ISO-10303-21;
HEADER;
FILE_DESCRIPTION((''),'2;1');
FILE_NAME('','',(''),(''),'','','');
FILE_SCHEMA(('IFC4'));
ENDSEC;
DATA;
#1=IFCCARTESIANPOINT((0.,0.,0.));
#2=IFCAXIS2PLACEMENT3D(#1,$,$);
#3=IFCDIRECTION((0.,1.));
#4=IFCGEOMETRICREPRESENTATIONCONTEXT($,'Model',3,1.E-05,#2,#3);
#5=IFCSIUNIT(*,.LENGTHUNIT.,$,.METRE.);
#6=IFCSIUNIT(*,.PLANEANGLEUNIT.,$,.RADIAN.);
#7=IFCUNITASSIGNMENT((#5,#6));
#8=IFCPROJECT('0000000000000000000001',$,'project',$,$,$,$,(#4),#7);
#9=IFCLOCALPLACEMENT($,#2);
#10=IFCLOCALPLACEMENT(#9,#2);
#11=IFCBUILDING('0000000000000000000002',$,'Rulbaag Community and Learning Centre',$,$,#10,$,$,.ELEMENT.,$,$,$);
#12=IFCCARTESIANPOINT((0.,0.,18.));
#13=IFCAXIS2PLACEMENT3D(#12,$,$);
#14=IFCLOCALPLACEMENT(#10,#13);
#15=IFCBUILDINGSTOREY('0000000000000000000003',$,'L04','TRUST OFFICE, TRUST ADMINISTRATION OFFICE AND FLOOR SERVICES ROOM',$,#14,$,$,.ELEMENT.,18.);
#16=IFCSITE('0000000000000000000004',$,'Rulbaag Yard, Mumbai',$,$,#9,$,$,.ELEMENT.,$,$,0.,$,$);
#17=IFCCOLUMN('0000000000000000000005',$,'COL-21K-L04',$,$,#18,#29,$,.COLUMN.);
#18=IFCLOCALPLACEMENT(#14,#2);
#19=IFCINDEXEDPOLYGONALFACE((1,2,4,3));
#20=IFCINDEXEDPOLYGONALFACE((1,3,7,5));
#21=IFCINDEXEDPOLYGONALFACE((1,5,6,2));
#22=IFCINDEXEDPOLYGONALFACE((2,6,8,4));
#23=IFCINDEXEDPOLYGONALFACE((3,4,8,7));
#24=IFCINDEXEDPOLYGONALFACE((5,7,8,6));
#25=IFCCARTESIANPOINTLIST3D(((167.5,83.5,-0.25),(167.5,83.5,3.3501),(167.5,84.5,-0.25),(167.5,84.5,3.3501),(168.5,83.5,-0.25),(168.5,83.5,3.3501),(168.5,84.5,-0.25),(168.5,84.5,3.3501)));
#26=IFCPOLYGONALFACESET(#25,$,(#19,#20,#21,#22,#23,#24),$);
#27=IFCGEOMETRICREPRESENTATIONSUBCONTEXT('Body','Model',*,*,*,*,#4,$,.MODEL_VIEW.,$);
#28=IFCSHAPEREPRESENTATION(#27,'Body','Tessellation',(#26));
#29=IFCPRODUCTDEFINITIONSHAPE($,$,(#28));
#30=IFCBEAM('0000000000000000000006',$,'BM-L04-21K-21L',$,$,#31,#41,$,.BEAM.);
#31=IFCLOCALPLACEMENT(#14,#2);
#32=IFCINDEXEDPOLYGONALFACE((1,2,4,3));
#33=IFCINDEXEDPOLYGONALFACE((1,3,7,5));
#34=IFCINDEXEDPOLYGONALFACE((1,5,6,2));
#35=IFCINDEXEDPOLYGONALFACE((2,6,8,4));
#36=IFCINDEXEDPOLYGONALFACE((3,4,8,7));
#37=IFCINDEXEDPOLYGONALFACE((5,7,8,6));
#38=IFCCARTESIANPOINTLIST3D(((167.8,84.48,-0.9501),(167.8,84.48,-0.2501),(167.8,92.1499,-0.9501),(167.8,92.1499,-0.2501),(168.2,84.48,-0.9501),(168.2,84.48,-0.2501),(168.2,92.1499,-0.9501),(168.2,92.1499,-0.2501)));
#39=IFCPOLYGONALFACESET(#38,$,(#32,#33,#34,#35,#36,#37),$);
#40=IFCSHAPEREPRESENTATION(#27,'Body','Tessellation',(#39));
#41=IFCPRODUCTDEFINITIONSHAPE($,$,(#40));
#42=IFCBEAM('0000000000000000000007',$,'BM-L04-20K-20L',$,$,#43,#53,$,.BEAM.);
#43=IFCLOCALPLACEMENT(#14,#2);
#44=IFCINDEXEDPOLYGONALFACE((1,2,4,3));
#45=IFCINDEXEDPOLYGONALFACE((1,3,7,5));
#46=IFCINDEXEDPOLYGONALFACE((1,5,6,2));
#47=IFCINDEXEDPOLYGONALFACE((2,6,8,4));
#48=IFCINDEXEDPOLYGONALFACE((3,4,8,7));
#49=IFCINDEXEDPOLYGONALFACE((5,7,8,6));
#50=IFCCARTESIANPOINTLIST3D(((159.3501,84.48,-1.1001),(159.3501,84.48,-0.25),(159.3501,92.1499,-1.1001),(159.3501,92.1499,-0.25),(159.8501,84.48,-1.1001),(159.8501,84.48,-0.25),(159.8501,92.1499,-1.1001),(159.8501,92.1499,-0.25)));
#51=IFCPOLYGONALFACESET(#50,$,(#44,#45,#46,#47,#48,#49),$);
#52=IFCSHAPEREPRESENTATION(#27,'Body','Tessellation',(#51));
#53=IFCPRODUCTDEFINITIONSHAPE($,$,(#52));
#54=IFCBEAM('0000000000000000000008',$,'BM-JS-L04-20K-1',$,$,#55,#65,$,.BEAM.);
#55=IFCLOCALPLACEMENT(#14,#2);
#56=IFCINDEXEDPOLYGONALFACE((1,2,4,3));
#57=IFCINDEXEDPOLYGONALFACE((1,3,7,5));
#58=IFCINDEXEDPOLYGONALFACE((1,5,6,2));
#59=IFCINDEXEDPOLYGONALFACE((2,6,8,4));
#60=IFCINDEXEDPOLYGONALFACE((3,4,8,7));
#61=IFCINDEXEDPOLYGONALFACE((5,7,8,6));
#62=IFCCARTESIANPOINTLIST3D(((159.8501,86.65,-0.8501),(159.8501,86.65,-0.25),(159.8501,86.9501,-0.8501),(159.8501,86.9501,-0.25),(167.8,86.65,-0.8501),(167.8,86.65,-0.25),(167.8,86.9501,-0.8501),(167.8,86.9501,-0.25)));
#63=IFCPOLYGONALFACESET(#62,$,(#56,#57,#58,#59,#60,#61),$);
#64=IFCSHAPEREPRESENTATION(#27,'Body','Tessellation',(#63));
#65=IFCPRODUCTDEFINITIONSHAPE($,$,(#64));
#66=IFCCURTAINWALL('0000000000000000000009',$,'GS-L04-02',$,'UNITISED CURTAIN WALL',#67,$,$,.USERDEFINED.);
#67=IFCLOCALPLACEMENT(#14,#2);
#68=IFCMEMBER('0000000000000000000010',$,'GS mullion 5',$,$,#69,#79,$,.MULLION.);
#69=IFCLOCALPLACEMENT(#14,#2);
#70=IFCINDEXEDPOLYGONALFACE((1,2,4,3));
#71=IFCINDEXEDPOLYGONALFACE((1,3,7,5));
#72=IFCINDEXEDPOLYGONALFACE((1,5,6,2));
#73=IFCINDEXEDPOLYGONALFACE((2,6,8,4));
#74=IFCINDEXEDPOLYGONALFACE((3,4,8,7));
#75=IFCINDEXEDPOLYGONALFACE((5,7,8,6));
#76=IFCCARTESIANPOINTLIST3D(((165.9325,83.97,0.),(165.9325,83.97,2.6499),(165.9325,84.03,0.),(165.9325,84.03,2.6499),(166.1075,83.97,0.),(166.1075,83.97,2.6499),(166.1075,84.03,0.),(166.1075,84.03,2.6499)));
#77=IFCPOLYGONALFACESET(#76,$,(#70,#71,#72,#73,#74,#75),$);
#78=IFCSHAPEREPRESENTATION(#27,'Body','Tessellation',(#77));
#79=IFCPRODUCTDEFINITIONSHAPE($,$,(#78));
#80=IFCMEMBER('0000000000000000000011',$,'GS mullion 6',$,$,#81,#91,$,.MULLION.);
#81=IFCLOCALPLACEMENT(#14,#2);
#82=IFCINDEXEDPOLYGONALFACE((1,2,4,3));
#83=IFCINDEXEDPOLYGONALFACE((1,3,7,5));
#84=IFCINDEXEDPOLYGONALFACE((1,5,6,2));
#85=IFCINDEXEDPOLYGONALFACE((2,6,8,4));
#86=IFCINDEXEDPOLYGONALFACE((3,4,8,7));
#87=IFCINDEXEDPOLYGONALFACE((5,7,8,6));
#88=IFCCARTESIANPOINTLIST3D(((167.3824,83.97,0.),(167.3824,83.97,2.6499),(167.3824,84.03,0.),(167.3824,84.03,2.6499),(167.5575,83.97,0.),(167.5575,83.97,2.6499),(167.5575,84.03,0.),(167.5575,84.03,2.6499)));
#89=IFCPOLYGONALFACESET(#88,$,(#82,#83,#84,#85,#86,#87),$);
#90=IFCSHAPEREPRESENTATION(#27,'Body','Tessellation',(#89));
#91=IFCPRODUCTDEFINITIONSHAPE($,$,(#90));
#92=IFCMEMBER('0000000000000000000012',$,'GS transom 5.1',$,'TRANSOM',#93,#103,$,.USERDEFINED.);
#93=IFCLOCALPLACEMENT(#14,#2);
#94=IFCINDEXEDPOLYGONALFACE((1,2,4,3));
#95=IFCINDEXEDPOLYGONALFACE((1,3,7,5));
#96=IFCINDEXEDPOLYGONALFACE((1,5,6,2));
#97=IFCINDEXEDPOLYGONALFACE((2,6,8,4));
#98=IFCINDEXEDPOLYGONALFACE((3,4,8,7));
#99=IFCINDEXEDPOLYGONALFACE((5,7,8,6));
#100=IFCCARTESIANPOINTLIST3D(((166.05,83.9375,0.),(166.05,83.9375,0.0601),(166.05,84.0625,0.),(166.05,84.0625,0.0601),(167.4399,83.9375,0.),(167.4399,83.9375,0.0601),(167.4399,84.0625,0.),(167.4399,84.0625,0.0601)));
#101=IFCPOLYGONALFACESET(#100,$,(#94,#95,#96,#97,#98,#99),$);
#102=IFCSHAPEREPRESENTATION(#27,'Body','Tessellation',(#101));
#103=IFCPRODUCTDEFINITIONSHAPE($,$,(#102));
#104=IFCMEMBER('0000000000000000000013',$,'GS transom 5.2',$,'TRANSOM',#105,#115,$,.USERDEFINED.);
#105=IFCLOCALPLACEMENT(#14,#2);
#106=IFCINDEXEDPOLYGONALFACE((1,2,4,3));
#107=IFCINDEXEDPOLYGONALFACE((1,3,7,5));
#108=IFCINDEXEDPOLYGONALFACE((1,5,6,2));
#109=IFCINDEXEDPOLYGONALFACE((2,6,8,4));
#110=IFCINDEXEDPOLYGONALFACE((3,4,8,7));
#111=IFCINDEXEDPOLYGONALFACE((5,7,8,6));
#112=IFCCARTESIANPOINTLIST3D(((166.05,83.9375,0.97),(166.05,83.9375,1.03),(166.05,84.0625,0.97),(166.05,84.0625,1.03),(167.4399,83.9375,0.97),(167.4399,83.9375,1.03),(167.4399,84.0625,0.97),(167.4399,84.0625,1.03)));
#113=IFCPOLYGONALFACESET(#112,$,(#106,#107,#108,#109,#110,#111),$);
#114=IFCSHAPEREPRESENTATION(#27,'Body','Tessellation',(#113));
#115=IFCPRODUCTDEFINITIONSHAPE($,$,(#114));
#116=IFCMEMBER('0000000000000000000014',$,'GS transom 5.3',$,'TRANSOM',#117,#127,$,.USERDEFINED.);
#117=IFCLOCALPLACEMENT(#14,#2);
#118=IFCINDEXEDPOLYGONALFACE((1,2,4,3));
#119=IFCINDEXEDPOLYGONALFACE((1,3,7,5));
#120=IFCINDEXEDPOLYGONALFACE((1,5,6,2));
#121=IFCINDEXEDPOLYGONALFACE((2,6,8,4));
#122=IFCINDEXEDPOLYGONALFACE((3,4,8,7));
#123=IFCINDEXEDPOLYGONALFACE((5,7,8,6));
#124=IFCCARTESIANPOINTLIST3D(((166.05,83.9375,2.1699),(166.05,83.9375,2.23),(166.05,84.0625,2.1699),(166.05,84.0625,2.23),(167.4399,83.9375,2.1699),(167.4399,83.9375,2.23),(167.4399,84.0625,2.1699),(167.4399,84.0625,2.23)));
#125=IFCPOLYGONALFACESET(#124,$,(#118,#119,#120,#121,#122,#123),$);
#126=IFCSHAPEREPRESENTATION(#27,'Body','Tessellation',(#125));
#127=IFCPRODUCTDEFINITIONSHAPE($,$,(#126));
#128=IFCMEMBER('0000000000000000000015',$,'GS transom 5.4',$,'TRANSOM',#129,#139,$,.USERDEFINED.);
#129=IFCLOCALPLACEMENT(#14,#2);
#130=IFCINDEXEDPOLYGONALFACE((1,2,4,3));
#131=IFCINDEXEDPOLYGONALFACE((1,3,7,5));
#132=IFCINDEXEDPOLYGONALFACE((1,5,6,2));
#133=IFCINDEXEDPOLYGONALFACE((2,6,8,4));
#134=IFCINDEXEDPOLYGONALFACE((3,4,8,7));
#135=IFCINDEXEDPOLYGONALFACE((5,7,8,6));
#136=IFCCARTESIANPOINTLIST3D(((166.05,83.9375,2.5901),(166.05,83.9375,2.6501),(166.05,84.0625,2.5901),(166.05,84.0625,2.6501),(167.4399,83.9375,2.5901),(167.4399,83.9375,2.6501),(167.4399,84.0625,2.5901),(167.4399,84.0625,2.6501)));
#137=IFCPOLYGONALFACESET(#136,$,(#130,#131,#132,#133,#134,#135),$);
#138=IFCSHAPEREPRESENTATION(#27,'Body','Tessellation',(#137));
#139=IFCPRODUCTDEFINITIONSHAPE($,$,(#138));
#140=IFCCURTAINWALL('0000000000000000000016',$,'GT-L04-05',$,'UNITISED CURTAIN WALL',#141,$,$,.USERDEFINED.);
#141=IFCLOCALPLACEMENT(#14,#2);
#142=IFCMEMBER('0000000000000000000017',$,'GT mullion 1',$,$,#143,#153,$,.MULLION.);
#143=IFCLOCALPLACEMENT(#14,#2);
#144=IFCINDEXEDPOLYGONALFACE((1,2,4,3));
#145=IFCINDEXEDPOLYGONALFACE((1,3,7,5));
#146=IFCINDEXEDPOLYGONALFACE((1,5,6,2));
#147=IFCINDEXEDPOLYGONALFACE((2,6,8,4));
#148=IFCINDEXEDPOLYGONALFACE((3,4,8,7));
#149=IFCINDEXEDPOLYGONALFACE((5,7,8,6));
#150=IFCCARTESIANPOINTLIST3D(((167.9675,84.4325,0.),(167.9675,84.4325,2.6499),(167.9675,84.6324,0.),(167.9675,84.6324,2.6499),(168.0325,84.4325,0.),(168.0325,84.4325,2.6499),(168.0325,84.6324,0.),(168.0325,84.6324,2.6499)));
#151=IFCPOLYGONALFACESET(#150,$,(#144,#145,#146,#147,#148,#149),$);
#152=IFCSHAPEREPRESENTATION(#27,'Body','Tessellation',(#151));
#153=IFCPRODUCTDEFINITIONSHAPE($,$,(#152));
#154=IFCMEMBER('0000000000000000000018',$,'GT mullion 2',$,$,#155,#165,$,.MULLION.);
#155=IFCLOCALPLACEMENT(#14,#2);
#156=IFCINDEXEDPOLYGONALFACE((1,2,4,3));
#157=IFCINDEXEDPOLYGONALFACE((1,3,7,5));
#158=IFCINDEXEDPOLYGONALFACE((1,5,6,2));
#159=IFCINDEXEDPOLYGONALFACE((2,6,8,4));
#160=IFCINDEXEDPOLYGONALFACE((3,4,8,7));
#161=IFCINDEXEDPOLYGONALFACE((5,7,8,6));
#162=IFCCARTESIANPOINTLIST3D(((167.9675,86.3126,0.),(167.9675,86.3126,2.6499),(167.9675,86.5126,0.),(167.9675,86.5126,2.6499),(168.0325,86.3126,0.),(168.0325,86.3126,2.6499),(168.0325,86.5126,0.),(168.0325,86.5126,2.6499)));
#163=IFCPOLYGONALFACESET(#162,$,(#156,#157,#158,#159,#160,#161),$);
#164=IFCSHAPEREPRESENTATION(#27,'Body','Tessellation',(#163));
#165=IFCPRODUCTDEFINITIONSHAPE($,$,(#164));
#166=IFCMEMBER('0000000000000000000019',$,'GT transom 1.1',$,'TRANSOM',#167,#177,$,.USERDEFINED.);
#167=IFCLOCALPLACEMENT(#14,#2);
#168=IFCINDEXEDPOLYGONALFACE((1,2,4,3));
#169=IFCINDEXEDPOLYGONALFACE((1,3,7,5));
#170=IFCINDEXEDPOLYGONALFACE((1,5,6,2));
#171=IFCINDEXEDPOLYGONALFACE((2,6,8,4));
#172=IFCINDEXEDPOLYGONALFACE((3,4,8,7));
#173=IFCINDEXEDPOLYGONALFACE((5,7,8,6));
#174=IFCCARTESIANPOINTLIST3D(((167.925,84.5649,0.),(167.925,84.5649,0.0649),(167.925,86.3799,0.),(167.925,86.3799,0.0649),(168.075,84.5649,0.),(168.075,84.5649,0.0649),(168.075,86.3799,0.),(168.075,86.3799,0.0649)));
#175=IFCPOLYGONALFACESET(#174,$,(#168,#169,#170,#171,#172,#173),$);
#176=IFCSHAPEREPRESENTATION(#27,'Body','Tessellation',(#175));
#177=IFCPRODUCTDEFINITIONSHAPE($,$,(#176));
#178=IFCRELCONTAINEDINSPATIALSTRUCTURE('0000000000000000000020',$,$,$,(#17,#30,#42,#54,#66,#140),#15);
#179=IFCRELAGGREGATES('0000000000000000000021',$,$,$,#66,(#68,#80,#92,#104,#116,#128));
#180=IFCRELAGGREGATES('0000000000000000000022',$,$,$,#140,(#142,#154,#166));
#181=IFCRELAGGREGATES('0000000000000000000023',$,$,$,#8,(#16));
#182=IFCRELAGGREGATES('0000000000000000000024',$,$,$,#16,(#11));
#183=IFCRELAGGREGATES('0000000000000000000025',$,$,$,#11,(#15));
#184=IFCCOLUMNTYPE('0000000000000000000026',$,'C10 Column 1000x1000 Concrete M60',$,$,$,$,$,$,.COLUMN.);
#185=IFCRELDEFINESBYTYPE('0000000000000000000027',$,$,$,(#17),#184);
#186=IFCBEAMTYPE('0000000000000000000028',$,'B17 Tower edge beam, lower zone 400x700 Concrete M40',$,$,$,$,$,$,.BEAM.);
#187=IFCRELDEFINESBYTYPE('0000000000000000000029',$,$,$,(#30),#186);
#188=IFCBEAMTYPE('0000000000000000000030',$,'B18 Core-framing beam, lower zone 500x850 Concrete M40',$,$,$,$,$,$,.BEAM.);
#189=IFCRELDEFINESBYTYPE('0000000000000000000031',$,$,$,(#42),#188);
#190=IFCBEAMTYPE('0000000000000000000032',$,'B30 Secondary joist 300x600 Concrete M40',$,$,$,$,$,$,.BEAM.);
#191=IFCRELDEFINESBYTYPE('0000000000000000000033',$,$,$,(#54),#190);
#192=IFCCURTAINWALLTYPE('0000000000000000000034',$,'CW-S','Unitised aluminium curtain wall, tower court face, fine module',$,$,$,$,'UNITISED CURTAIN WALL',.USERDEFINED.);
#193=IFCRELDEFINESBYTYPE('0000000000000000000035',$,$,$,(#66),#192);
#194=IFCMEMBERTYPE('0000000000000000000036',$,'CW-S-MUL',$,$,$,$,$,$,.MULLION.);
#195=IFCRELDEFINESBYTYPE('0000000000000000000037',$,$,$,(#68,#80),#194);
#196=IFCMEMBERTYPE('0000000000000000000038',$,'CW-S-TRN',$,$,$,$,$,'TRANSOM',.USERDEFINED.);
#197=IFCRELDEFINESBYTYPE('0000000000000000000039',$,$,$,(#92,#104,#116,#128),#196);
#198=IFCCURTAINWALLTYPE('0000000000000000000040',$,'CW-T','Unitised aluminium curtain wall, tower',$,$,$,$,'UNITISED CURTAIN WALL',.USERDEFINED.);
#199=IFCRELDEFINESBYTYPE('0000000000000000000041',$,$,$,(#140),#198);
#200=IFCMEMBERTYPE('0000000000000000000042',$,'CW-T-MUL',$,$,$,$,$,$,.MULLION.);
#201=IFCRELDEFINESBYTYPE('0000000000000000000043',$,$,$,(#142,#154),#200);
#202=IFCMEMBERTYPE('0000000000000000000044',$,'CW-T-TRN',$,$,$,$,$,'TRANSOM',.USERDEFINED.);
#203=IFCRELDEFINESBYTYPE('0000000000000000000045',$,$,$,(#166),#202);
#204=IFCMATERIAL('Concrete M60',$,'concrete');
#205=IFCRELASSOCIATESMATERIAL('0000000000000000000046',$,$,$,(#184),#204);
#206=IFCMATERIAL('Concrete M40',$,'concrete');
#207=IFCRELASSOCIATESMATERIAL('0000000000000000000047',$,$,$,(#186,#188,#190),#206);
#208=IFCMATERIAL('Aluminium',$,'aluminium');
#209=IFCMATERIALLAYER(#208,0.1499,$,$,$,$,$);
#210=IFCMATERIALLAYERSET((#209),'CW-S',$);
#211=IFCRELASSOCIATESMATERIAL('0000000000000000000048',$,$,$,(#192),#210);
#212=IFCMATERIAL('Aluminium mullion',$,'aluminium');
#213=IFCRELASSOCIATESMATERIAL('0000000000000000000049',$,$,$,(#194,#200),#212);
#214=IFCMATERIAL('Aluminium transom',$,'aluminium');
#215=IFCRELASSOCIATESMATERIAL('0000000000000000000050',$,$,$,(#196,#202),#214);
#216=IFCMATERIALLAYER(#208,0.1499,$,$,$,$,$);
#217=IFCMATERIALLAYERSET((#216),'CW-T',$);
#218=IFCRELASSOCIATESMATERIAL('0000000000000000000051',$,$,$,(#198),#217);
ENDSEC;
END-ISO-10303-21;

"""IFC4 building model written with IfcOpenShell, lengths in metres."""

from ifc_helpers import new_model, si_unit, direction, frame, origin, origin_2d, place, context, subcontext, project, spatial, rectangle, extrude, material, layer, layer_set, material_profile, profile_set, type_object, element, aggregate, save


model = new_model("IFC4")

# Units and contexts
model_context = context("Model", 3, precision=1e-05, world=origin(), true_north=direction((0.0, 1.0)))
body_context = subcontext(model_context, "Body", "Model", "MODEL_VIEW")
ifc_project = project(units=[si_unit("LENGTHUNIT", "METRE"), si_unit("PLANEANGLEUNIT", "RADIAN")], contexts=[model_context])

# Site, building, storey
site_placement = place(None, origin())
site = spatial("IfcSite", under=ifc_project, at=site_placement, Name="Rulbaag Yard, Mumbai", CompositionType="ELEMENT", RefElevation=0.0)
building_placement = place(site_placement, origin())
building = spatial("IfcBuilding", under=site, at=building_placement, Name="Rulbaag Community and Learning Centre", CompositionType="ELEMENT")
storey_placement = place(building_placement, frame((0.0, 0.0, 18.0)))
storey = spatial("IfcBuildingStorey", under=building, at=storey_placement, Name="L04", Description="TRUST OFFICE, TRUST ADMINISTRATION OFFICE AND FLOOR SERVICES ROOM", CompositionType="ELEMENT", Elevation=18.0)

# Column
ifc_material_1 = material(Name="Concrete M60", Category="concrete")
ifc_material_profile_1 = material_profile(ifc_material_1, rectangle(XDim=1.0, YDim=1.0, at=origin_2d()), Name="RC1000x1000")
ifc_profile_set_1 = profile_set([ifc_material_profile_1], Name="Concrete M60")
column_type = type_object("IfcColumnType", Name="C10 Column 1000x1000 Concrete M60", PredefinedType="COLUMN", material=ifc_profile_set_1)
column_placement = place(storey_placement, frame((168.0, 84.0, -0.25), z_axis=(0.0, 0.0, 1.0), x_axis=(1.0, 0.0, 0.0)))
element("IfcColumn", 1, at=column_placement, inside=storey, type_object=column_type, Name="COL-21K-L04", PredefinedType="COLUMN", context=body_context, shape_type="SweptSolid", body=[
    extrude(rectangle(XDim=1.0, YDim=1.0, at=origin_2d()), origin(), (0.0, 0.0, 1.0), 3.6001),
])

# Beams
ifc_material_2 = material(Name="Concrete M40", Category="concrete")
ifc_material_profile_2 = material_profile(ifc_material_2, rectangle(XDim=0.3999, YDim=0.7, at=origin_2d()), Name="RB400x700")
ifc_profile_set_2 = profile_set([ifc_material_profile_2], Name="Concrete M40")
beam_type_1 = type_object("IfcBeamType", Name="B17 Tower edge beam, lower zone 400x700 Concrete M40", PredefinedType="BEAM", material=ifc_profile_set_2)
beam_1_placement = place(storey_placement, frame((168.0, 84.48, -0.6001), z_axis=(0.0, 1.0, 0.0), x_axis=(-1.0, 0.0, 0.0)))
element("IfcBeam", 2, at=beam_1_placement, inside=storey, type_object=beam_type_1, Name="BM-L04-21K-21L", PredefinedType="BEAM", context=body_context, shape_type="SweptSolid", body=[
    extrude(rectangle(XDim=0.3999, YDim=0.7, at=origin_2d()), origin(), (0.0, 0.0, 1.0), 7.6699),
])
ifc_material_profile_3 = material_profile(ifc_material_2, rectangle(XDim=0.5, YDim=0.8501, at=origin_2d()), Name="RB500x850")
ifc_profile_set_3 = profile_set([ifc_material_profile_3], Name="Concrete M40")
beam_type_2 = type_object("IfcBeamType", Name="B18 Core-framing beam, lower zone 500x850 Concrete M40", PredefinedType="BEAM", material=ifc_profile_set_3)
beam_2_placement = place(storey_placement, frame((159.6001, 84.48, -0.675), z_axis=(0.0, 1.0, 0.0), x_axis=(-1.0, 0.0, 0.0)))
element("IfcBeam", 3, at=beam_2_placement, inside=storey, type_object=beam_type_2, Name="BM-L04-20K-20L", PredefinedType="BEAM", context=body_context, shape_type="SweptSolid", body=[
    extrude(rectangle(XDim=0.5, YDim=0.8501, at=origin_2d()), origin(), (0.0, 0.0, 1.0), 7.6699),
])
ifc_material_profile_4 = material_profile(ifc_material_2, rectangle(XDim=0.3, YDim=0.6001, at=origin_2d()), Name="RB300x600")
ifc_profile_set_4 = profile_set([ifc_material_profile_4], Name="Concrete M40")
beam_type_3 = type_object("IfcBeamType", Name="B30 Secondary joist 300x600 Concrete M40", PredefinedType="BEAM", material=ifc_profile_set_4)
beam_3_placement = place(storey_placement, frame((159.8501, 86.8, -0.55), z_axis=(1.0, 0.0, 0.0), x_axis=(0.0, 1.0, 0.0)))
element("IfcBeam", 4, at=beam_3_placement, inside=storey, type_object=beam_type_3, Name="BM-JS-L04-20K-1", PredefinedType="BEAM", context=body_context, shape_type="SweptSolid", body=[
    extrude(rectangle(XDim=0.3, YDim=0.6001, at=origin_2d()), origin(), (0.0, 0.0, 1.0), 7.95),
])

# Curtain walls, members
ifc_material_3 = material(Name="Aluminium", Category="aluminium")
ifc_layer_1 = layer(ifc_material_3, 0.1499)
ifc_layer_set_1 = layer_set([ifc_layer_1], Name="CW-S")
curtain_wall_type_1 = type_object("IfcCurtainWallType", Name="CW-S", Description="Unitised aluminium curtain wall, tower court face, fine module", ElementType="UNITISED CURTAIN WALL", PredefinedType="USERDEFINED", material=ifc_layer_set_1)
curtain_wall_1_placement = place(storey_placement, origin())
curtain_wall_1 = element("IfcCurtainWall", 5, at=curtain_wall_1_placement, inside=storey, type_object=curtain_wall_type_1, Name="GS-L04-02", ObjectType="UNITISED CURTAIN WALL", PredefinedType="USERDEFINED")
ifc_material_4 = material(Name="Aluminium mullion", Category="aluminium")
ifc_material_profile_5 = material_profile(ifc_material_4, rectangle(XDim=0.0601, YDim=0.175, at=origin_2d()), Name="AL 60x175")
ifc_profile_set_5 = profile_set([ifc_material_profile_5], Name="Aluminium mullion")
member_type_1 = type_object("IfcMemberType", Name="CW-S-MUL", PredefinedType="MULLION", material=ifc_profile_set_5)
member_1_placement = place(storey_placement, frame((166.02, 84.0, 0.0), z_axis=(0.0, 0.0, 1.0), x_axis=(0.0, 1.0, 0.0)))
member_1 = element("IfcMember", 6, at=member_1_placement, type_object=member_type_1, Name="GS mullion 5", PredefinedType="MULLION", context=body_context, shape_type="SweptSolid", body=[
    extrude(rectangle(XDim=0.0601, YDim=0.175, at=origin_2d()), origin(), (0.0, 0.0, 1.0), 2.6499),
])
member_2_placement = place(storey_placement, frame((167.47, 84.0, 0.0), z_axis=(0.0, 0.0, 1.0), x_axis=(0.0, 1.0, 0.0)))
member_2 = element("IfcMember", 7, at=member_2_placement, type_object=member_type_1, Name="GS mullion 6", PredefinedType="MULLION", context=body_context, shape_type="SweptSolid", body=[
    extrude(rectangle(XDim=0.0601, YDim=0.175, at=origin_2d()), origin(), (0.0, 0.0, 1.0), 2.6499),
])
ifc_material_5 = material(Name="Aluminium transom", Category="aluminium")
ifc_material_profile_6 = material_profile(ifc_material_5, rectangle(XDim=0.125, YDim=0.0601, at=origin_2d()), Name="AL 60x125 T")
ifc_profile_set_6 = profile_set([ifc_material_profile_6], Name="Aluminium transom")
member_type_2 = type_object("IfcMemberType", Name="CW-S-TRN", ElementType="TRANSOM", PredefinedType="USERDEFINED", material=ifc_profile_set_6)
member_3_placement = place(storey_placement, frame((166.05, 84.0, 0.03), z_axis=(1.0, 0.0, 0.0), x_axis=(0.0, 1.0, 0.0)))
member_3 = element("IfcMember", 8, at=member_3_placement, type_object=member_type_2, Name="GS transom 5.1", ObjectType="TRANSOM", PredefinedType="USERDEFINED", context=body_context, shape_type="SweptSolid", body=[
    extrude(rectangle(XDim=0.125, YDim=0.0601, at=origin_2d()), origin(), (0.0, 0.0, 1.0), 1.3899),
])
member_4_placement = place(storey_placement, frame((166.05, 84.0, 1.0), z_axis=(1.0, 0.0, 0.0), x_axis=(0.0, 1.0, 0.0)))
member_4 = element("IfcMember", 9, at=member_4_placement, type_object=member_type_2, Name="GS transom 5.2", ObjectType="TRANSOM", PredefinedType="USERDEFINED", context=body_context, shape_type="SweptSolid", body=[
    extrude(rectangle(XDim=0.125, YDim=0.0601, at=origin_2d()), origin(), (0.0, 0.0, 1.0), 1.3899),
])
member_5_placement = place(storey_placement, frame((166.05, 84.0, 2.2), z_axis=(1.0, 0.0, 0.0), x_axis=(0.0, 1.0, 0.0)))
member_5 = element("IfcMember", 10, at=member_5_placement, type_object=member_type_2, Name="GS transom 5.3", ObjectType="TRANSOM", PredefinedType="USERDEFINED", context=body_context, shape_type="SweptSolid", body=[
    extrude(rectangle(XDim=0.125, YDim=0.0601, at=origin_2d()), origin(), (0.0, 0.0, 1.0), 1.3899),
])
member_6_placement = place(storey_placement, frame((166.05, 84.0, 2.6201), z_axis=(1.0, 0.0, 0.0), x_axis=(0.0, 1.0, 0.0)))
member_6 = element("IfcMember", 11, at=member_6_placement, type_object=member_type_2, Name="GS transom 5.4", ObjectType="TRANSOM", PredefinedType="USERDEFINED", context=body_context, shape_type="SweptSolid", body=[
    extrude(rectangle(XDim=0.125, YDim=0.0601, at=origin_2d()), origin(), (0.0, 0.0, 1.0), 1.3899),
])
ifc_layer_2 = layer(ifc_material_3, 0.1499)
ifc_layer_set_2 = layer_set([ifc_layer_2], Name="CW-T")
curtain_wall_type_2 = type_object("IfcCurtainWallType", Name="CW-T", Description="Unitised aluminium curtain wall, tower", ElementType="UNITISED CURTAIN WALL", PredefinedType="USERDEFINED", material=ifc_layer_set_2)
curtain_wall_2_placement = place(storey_placement, origin())
curtain_wall_2 = element("IfcCurtainWall", 12, at=curtain_wall_2_placement, inside=storey, type_object=curtain_wall_type_2, Name="GT-L04-05", ObjectType="UNITISED CURTAIN WALL", PredefinedType="USERDEFINED")
ifc_material_profile_7 = material_profile(ifc_material_4, rectangle(XDim=0.0649, YDim=0.2, at=origin_2d()), Name="AL 65x200")
ifc_profile_set_7 = profile_set([ifc_material_profile_7], Name="Aluminium mullion")
member_type_3 = type_object("IfcMemberType", Name="CW-T-MUL", PredefinedType="MULLION", material=ifc_profile_set_7)
member_7_placement = place(storey_placement, frame((168.0, 84.5325, 0.0), z_axis=(0.0, 0.0, 1.0), x_axis=(-1.0, 0.0, 0.0)))
member_7 = element("IfcMember", 13, at=member_7_placement, type_object=member_type_3, Name="GT mullion 1", PredefinedType="MULLION", context=body_context, shape_type="SweptSolid", body=[
    extrude(rectangle(XDim=0.0649, YDim=0.2, at=origin_2d()), origin(), (0.0, 0.0, 1.0), 2.6499),
])
member_8_placement = place(storey_placement, frame((168.0, 86.4126, 0.0), z_axis=(0.0, 0.0, 1.0), x_axis=(-1.0, 0.0, 0.0)))
member_8 = element("IfcMember", 14, at=member_8_placement, type_object=member_type_3, Name="GT mullion 2", PredefinedType="MULLION", context=body_context, shape_type="SweptSolid", body=[
    extrude(rectangle(XDim=0.0649, YDim=0.2, at=origin_2d()), origin(), (0.0, 0.0, 1.0), 2.6499),
])
ifc_material_profile_8 = material_profile(ifc_material_5, rectangle(XDim=0.1499, YDim=0.0649, at=origin_2d()), Name="AL 65x150 T")
ifc_profile_set_8 = profile_set([ifc_material_profile_8], Name="Aluminium transom")
member_type_4 = type_object("IfcMemberType", Name="CW-T-TRN", ElementType="TRANSOM", PredefinedType="USERDEFINED", material=ifc_profile_set_8)
member_9_placement = place(storey_placement, frame((168.0, 84.5649, 0.0325), z_axis=(0.0, 1.0, 0.0), x_axis=(-1.0, 0.0, 0.0)))
member_9 = element("IfcMember", 15, at=member_9_placement, type_object=member_type_4, Name="GT transom 1.1", ObjectType="TRANSOM", PredefinedType="USERDEFINED", context=body_context, shape_type="SweptSolid", body=[
    extrude(rectangle(XDim=0.1499, YDim=0.0649, at=origin_2d()), origin(), (0.0, 0.0, 1.0), 1.8149),
])

aggregate(curtain_wall_1, [member_1, member_2, member_3, member_4, member_5, member_6])
aggregate(curtain_wall_2, [member_7, member_8, member_9])

save(model, "model.ifc")
